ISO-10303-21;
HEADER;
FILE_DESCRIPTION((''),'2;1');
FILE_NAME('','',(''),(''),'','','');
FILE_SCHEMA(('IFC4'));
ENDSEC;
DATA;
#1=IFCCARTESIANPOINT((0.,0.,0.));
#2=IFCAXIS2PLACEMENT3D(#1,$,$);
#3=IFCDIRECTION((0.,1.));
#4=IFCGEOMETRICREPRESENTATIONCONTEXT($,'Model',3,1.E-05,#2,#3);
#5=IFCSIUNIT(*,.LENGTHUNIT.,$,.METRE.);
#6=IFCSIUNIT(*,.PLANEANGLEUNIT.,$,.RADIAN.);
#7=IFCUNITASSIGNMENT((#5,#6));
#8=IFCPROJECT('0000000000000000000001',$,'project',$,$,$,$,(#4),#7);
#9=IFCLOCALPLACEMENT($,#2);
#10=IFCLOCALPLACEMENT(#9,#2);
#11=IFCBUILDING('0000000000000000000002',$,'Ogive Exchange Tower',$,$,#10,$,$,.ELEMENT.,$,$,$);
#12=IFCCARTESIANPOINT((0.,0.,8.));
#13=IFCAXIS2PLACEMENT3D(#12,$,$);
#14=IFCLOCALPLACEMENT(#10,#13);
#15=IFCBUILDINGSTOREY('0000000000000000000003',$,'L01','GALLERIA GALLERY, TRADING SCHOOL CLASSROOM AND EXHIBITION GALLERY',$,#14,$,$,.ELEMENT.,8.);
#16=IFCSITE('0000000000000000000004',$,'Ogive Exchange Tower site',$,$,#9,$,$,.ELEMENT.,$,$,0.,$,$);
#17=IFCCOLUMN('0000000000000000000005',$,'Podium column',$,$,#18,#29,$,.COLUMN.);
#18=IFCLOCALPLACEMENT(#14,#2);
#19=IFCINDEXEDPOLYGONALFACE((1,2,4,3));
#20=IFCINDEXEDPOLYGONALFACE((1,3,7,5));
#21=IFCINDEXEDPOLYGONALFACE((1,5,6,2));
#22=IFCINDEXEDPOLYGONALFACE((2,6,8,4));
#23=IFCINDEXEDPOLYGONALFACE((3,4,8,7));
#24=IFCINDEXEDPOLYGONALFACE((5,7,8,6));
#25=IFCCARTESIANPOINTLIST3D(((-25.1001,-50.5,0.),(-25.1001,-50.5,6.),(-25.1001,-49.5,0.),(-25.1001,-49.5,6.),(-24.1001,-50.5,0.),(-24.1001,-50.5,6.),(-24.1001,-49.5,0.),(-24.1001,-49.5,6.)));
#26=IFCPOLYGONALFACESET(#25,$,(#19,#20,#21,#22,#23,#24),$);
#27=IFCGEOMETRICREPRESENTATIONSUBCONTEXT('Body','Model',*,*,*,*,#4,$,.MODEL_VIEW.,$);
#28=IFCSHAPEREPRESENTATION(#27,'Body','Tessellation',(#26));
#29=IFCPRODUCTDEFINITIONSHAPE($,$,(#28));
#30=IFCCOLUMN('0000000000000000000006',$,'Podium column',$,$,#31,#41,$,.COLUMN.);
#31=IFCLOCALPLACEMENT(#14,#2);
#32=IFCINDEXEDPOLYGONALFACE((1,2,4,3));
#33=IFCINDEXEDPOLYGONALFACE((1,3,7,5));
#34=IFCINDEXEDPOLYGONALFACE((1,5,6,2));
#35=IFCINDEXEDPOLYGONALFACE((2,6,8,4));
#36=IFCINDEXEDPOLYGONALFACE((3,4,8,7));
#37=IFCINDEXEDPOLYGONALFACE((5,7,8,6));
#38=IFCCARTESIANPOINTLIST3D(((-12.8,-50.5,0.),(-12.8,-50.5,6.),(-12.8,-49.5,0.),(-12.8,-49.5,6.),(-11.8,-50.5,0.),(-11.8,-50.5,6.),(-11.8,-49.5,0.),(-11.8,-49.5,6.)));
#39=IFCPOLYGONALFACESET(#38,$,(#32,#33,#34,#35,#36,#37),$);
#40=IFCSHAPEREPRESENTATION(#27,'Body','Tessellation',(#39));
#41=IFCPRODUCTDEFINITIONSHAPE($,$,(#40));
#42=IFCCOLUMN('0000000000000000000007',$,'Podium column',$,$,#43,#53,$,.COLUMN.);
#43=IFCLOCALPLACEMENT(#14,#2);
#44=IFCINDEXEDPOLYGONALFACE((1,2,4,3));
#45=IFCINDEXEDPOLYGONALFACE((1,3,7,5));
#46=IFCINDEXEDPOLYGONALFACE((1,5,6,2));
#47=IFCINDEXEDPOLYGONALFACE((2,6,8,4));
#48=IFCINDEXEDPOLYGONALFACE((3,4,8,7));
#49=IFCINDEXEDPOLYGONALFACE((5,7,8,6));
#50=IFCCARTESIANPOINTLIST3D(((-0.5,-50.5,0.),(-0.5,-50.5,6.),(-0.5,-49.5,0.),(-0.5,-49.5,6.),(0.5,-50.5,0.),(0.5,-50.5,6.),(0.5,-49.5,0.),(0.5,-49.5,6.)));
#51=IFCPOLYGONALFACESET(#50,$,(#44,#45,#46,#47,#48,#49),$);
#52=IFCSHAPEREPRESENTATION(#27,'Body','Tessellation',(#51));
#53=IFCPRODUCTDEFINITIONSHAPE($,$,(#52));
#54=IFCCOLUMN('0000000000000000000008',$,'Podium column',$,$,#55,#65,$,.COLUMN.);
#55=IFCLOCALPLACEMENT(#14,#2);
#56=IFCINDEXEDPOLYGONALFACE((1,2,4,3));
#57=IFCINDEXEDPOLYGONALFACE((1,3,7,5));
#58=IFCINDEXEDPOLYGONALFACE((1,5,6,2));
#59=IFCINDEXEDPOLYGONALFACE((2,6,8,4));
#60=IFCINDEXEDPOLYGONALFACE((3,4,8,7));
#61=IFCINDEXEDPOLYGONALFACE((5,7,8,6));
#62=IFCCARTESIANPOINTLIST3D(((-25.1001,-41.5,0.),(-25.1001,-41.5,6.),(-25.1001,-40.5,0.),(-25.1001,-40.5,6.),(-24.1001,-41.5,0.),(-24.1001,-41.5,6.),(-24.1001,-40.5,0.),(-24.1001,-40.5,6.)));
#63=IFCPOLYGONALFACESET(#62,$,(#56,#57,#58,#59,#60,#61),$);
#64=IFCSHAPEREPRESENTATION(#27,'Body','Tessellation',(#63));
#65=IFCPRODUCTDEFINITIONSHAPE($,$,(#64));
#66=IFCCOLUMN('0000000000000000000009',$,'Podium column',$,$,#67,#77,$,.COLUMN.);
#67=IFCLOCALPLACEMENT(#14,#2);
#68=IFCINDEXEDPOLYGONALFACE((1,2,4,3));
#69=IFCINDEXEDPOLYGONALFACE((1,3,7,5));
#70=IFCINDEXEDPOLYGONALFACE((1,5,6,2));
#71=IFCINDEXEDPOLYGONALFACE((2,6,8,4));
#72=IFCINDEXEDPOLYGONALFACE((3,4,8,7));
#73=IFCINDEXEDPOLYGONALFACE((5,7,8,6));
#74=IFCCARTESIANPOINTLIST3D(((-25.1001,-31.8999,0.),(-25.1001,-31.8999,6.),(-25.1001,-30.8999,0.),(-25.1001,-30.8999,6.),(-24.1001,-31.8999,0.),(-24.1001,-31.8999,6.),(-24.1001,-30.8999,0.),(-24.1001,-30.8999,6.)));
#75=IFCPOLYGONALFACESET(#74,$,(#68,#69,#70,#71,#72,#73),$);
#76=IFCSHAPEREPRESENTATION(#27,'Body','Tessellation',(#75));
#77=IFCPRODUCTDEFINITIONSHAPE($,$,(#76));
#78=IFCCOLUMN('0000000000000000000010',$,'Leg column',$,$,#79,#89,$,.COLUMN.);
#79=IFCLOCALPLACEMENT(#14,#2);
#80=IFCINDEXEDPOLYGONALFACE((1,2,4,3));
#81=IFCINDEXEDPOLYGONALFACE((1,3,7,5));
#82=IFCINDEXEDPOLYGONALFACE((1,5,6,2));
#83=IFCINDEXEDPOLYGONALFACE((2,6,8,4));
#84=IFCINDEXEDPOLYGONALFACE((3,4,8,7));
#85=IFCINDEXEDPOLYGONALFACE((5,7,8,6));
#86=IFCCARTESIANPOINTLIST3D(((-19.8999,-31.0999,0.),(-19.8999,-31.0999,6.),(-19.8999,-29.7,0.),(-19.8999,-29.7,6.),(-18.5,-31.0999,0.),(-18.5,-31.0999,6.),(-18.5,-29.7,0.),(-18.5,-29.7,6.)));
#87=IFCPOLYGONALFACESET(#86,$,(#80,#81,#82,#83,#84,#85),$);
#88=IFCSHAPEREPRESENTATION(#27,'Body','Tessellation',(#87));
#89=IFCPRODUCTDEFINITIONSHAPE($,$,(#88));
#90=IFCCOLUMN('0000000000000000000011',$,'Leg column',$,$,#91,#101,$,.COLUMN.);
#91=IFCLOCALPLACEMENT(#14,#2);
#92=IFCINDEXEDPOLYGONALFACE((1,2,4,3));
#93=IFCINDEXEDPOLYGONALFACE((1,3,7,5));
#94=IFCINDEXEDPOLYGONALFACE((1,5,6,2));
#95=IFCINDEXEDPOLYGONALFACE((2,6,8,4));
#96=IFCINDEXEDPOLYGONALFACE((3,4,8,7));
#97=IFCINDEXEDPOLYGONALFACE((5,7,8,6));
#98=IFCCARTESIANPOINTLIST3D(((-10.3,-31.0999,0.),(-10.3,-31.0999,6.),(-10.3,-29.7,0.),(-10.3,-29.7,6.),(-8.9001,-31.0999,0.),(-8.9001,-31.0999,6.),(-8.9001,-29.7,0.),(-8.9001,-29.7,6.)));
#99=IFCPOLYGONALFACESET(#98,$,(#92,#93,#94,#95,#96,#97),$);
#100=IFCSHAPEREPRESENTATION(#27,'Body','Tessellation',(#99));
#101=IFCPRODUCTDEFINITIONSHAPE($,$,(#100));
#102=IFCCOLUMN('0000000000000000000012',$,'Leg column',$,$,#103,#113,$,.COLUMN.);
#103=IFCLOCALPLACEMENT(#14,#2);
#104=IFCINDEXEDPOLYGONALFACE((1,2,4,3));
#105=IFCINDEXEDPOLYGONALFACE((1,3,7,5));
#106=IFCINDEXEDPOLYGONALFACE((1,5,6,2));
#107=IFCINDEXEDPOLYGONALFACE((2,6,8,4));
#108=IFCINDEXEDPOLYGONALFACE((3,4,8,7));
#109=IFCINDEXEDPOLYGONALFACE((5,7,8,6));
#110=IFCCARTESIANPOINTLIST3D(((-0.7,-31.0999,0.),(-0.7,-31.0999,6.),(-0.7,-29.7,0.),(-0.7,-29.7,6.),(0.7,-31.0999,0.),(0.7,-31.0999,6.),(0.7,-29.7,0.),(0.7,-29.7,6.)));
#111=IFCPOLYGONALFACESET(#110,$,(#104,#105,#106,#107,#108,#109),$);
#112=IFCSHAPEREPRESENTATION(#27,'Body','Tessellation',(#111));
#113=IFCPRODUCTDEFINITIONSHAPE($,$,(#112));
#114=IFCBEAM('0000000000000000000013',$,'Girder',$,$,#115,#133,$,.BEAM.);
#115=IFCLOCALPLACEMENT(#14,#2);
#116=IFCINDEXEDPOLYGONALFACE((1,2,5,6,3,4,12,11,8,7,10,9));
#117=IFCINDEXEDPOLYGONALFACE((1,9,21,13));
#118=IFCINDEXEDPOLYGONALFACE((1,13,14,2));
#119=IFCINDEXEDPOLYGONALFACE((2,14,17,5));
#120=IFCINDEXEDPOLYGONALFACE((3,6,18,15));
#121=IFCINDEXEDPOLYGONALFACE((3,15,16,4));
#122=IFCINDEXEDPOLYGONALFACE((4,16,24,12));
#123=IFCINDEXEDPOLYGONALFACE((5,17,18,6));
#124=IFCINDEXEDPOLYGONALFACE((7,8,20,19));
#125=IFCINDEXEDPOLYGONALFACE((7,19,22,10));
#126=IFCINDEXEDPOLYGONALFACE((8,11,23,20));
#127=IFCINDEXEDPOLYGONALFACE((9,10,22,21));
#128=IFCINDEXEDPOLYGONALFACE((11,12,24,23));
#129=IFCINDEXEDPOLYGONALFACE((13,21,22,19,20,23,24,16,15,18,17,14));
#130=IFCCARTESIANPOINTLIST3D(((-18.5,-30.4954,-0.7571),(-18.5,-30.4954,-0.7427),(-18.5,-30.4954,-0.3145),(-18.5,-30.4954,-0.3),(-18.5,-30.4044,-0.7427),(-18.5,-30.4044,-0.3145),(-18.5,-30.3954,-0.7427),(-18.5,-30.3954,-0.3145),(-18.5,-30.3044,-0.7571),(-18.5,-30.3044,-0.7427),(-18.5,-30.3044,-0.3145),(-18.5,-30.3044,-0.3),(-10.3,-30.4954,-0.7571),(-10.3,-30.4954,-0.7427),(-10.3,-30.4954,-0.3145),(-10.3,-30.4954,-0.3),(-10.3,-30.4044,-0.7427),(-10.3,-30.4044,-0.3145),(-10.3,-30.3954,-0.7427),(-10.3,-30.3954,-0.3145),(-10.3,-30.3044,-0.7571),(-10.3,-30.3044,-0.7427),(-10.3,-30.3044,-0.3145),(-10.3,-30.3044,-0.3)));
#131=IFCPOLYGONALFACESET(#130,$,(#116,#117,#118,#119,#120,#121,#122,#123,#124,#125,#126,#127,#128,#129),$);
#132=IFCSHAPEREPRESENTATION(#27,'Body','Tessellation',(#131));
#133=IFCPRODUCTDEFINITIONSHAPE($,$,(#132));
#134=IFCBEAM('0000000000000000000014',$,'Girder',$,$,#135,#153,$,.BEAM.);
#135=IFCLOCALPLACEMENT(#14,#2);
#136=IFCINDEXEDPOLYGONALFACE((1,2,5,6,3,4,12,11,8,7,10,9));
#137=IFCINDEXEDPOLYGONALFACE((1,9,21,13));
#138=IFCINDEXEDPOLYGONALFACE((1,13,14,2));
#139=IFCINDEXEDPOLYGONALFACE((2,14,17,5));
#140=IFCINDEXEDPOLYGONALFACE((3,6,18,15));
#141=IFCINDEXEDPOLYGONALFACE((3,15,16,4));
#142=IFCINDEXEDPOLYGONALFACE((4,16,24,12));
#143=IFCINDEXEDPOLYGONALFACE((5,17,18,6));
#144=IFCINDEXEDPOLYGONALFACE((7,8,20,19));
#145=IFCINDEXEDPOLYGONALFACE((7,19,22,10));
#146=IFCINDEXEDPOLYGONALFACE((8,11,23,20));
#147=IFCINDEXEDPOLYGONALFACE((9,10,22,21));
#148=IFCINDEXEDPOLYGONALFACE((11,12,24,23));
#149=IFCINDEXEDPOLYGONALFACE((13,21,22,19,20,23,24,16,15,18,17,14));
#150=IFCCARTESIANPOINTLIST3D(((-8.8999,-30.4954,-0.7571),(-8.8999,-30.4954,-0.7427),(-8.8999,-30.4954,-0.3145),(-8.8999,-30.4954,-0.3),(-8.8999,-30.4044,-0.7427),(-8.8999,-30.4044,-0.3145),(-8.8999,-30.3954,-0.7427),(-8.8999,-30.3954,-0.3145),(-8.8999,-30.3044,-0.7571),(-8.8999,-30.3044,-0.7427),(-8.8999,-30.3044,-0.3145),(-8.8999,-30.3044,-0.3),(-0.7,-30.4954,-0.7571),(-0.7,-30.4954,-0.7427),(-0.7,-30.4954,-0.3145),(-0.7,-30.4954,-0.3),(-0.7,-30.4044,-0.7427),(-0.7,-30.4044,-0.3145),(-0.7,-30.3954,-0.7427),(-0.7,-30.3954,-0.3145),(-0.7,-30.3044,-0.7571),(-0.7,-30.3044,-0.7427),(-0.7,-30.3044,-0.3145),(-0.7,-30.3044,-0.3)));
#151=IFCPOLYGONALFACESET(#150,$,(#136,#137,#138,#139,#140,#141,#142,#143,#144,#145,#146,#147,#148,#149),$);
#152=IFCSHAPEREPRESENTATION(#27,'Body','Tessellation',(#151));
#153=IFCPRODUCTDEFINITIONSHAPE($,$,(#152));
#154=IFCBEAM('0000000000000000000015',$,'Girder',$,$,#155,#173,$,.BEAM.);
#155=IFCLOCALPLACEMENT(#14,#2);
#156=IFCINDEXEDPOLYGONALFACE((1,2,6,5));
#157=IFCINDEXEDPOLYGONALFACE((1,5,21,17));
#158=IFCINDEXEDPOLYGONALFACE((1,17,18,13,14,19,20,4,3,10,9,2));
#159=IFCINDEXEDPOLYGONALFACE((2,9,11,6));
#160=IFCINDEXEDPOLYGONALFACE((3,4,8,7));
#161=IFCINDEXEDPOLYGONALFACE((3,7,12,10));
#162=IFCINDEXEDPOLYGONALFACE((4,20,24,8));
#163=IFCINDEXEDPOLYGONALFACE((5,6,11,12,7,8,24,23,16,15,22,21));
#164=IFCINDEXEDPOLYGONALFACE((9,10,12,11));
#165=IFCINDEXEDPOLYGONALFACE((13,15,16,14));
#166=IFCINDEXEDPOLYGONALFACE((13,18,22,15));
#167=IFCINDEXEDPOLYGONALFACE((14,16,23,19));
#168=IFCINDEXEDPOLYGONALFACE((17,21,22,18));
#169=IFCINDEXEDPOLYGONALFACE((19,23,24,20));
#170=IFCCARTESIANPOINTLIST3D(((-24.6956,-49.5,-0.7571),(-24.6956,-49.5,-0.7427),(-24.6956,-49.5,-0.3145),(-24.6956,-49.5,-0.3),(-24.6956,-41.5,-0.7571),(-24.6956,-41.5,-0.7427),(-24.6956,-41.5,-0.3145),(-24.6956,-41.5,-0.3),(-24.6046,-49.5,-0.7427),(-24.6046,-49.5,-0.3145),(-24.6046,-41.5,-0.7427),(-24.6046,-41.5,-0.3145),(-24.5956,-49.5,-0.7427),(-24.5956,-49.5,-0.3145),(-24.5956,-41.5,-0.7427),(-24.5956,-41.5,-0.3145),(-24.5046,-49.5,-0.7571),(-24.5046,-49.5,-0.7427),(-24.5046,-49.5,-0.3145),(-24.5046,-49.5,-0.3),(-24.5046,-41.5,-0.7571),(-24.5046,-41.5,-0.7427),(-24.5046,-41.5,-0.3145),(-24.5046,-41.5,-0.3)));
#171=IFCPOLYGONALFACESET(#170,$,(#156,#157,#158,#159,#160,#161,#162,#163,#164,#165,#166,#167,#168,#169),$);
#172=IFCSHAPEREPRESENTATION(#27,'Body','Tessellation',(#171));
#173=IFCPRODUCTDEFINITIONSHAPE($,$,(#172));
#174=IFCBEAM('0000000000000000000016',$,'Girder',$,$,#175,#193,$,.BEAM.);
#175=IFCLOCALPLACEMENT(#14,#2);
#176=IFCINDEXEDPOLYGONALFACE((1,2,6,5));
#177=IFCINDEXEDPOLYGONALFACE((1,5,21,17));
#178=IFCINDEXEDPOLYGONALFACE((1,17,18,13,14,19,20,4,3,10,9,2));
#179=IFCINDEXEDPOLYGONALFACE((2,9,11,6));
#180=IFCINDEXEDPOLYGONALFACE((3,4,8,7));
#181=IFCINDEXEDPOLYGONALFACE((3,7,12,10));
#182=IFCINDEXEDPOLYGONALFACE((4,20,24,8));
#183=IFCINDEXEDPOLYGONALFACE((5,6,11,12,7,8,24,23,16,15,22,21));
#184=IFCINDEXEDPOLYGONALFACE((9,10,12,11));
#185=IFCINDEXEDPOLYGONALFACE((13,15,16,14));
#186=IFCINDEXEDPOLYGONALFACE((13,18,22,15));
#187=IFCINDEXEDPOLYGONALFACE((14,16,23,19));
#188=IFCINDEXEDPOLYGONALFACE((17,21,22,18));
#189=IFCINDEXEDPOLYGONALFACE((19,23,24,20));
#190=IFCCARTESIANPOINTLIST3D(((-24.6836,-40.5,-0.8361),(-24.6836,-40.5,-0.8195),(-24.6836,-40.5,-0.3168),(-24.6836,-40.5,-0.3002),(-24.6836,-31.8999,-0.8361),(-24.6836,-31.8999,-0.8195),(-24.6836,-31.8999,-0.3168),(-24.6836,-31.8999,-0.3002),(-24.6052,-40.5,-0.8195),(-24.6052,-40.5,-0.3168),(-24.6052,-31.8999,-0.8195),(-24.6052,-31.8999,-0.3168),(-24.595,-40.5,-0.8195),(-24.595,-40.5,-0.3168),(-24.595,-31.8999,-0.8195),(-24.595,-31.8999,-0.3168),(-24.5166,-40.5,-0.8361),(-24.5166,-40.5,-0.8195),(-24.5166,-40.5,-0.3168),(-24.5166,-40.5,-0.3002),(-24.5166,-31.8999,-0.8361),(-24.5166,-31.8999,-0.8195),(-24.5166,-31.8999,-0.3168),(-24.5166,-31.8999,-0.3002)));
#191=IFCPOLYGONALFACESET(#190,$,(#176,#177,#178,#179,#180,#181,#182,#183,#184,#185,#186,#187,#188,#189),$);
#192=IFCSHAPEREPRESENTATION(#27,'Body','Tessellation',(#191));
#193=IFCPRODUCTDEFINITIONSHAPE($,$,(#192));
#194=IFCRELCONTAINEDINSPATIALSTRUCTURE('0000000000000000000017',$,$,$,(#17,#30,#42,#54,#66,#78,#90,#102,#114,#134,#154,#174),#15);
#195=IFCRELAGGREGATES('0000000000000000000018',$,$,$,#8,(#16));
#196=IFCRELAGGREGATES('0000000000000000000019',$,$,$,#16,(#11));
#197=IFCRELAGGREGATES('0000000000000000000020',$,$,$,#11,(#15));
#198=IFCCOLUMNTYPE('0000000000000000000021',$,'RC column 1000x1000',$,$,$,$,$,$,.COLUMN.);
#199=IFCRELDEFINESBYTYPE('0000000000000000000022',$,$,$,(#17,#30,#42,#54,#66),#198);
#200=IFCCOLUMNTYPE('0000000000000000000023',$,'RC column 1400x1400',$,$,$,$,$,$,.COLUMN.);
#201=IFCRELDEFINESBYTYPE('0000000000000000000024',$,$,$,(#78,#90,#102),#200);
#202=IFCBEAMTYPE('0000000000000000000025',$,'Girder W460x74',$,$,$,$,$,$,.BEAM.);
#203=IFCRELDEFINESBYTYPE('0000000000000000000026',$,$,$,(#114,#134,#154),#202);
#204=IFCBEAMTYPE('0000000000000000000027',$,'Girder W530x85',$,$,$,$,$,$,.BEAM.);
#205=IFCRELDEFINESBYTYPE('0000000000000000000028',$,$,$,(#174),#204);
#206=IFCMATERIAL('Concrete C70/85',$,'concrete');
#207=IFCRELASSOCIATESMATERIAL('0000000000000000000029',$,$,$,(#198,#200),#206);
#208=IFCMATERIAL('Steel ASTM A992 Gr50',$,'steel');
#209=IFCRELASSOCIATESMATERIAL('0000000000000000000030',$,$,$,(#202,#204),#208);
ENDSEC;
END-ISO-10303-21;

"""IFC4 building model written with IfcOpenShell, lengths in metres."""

from ifc_helpers import new_model, si_unit, direction, frame, origin, origin_2d, place, context, subcontext, project, spatial, rectangle, i_section, extrude, material, material_profile, profile_set, type_object, element, save


model = new_model("IFC4")

# Units and contexts
model_context = context("Model", 3, precision=1e-05, world=origin(), true_north=direction((0.0, 1.0)))
body_context = subcontext(model_context, "Body", "Model", "MODEL_VIEW")
ifc_project = project(units=[si_unit("LENGTHUNIT", "METRE"), si_unit("PLANEANGLEUNIT", "RADIAN")], contexts=[model_context])

# Site, building, storey
site_placement = place(None, origin())
site = spatial("IfcSite", under=ifc_project, at=site_placement, Name="Ogive Exchange Tower site", CompositionType="ELEMENT", RefElevation=0.0)
building_placement = place(site_placement, origin())
building = spatial("IfcBuilding", under=site, at=building_placement, Name="Ogive Exchange Tower", CompositionType="ELEMENT")
storey_placement = place(building_placement, frame((0.0, 0.0, 8.0)))
storey = spatial("IfcBuildingStorey", under=building, at=storey_placement, Name="L01", Description="GALLERIA GALLERY, TRADING SCHOOL CLASSROOM AND EXHIBITION GALLERY", CompositionType="ELEMENT", Elevation=8.0)

# Columns
ifc_material_1 = material(Name="Concrete C70/85", Category="concrete")
ifc_material_profile_1 = material_profile(ifc_material_1, rectangle(XDim=1.0, YDim=1.0, at=origin_2d()), Name="RC 1000x1000")
ifc_profile_set_1 = profile_set([ifc_material_profile_1], Name="Concrete C70/85")
column_type_1 = type_object("IfcColumnType", Name="RC column 1000x1000", PredefinedType="COLUMN", material=ifc_profile_set_1)
for number, where, z_axis, x_axis, name in (
    (1, (-24.6001, -50.0, 0.0), (0.0, 0.0, 1.0), (1.0, 0.0, 0.0), "Podium column"),
    (2, (-12.3, -50.0, 0.0), (0.0, 0.0, 1.0), (1.0, 0.0, 0.0), "Podium column"),
    (3, (0.0, -50.0, 0.0), (0.0, 0.0, 1.0), (1.0, 0.0, 0.0), "Podium column"),
    (4, (-24.6001, -41.0, 0.0), (0.0, 0.0, 1.0), (1.0, 0.0, 0.0), "Podium column"),
    (5, (-24.6001, -31.3999, 0.0), (0.0, 0.0, 1.0), (1.0, 0.0, 0.0), "Podium column"),
):
    element("IfcColumn", number, at=place(storey_placement, frame(where, z_axis=z_axis, x_axis=x_axis)), inside=storey, type_object=column_type_1, Name=name, PredefinedType="COLUMN", context=body_context, shape_type="SweptSolid", body=[
        extrude(rectangle(XDim=1.0, YDim=1.0, at=origin_2d()), origin(), (0.0, 0.0, 1.0), 6.0),
    ])
ifc_material_profile_2 = material_profile(ifc_material_1, rectangle(XDim=1.3999, YDim=1.3999, at=origin_2d()), Name="RC 1400x1400")
ifc_profile_set_2 = profile_set([ifc_material_profile_2], Name="Concrete C70/85")
column_type_2 = type_object("IfcColumnType", Name="RC column 1400x1400", PredefinedType="COLUMN", material=ifc_profile_set_2)
for number, where, z_axis, x_axis, name in (
    (6, (-19.2, -30.3999, 0.0), (0.0, 0.0, 1.0), (1.0, 0.0, 0.0), "Leg column"),
    (7, (-9.6001, -30.3999, 0.0), (0.0, 0.0, 1.0), (1.0, 0.0, 0.0), "Leg column"),
    (8, (0.0, -30.3999, 0.0), (0.0, 0.0, 1.0), (1.0, 0.0, 0.0), "Leg column"),
):
    element("IfcColumn", number, at=place(storey_placement, frame(where, z_axis=z_axis, x_axis=x_axis)), inside=storey, type_object=column_type_2, Name=name, PredefinedType="COLUMN", context=body_context, shape_type="SweptSolid", body=[
        extrude(rectangle(XDim=1.3999, YDim=1.3999, at=origin_2d()), origin(), (0.0, 0.0, 1.0), 6.0),
    ])

# Beams
ifc_material_2 = material(Name="Steel ASTM A992 Gr50", Category="steel")
ifc_material_profile_3 = material_profile(ifc_material_2, i_section(OverallWidth=0.1909, OverallDepth=0.457, WebThickness=0.009, FlangeThickness=0.0144, at=origin_2d()), Name="W460x74")
ifc_profile_set_3 = profile_set([ifc_material_profile_3], Name="Steel ASTM A992 Gr50")
beam_type_1 = type_object("IfcBeamType", Name="Girder W460x74", PredefinedType="BEAM", material=ifc_profile_set_3)
for number, where, z_axis, x_axis, name in (
    (9, (-18.5, -30.3999, -0.5286), (1.0, 0.0, 0.0), (0.0, 1.0, 0.0), "Girder"),
    (10, (-8.8999, -30.3999, -0.5286), (1.0, 0.0, 0.0), (0.0, 1.0, 0.0), "Girder"),
):
    element("IfcBeam", number, at=place(storey_placement, frame(where, z_axis=z_axis, x_axis=x_axis)), inside=storey, type_object=beam_type_1, Name=name, PredefinedType="BEAM", context=body_context, shape_type="SweptSolid", body=[
        extrude(i_section(OverallWidth=0.1909, OverallDepth=0.457, WebThickness=0.009, FlangeThickness=0.0144, at=origin_2d()), origin(), (0.0, 0.0, 1.0), 8.2),
    ])
beam_1_placement = place(storey_placement, frame((-24.6001, -49.5, -0.5286), z_axis=(0.0, 1.0, 0.0), x_axis=(-1.0, 0.0, 0.0)))
element("IfcBeam", 11, at=beam_1_placement, inside=storey, type_object=beam_type_1, Name="Girder", PredefinedType="BEAM", context=body_context, shape_type="SweptSolid", body=[
    extrude(i_section(OverallWidth=0.1909, OverallDepth=0.457, WebThickness=0.009, FlangeThickness=0.0144, at=origin_2d()), origin(), (0.0, 0.0, 1.0), 8.0),
])
ifc_material_profile_4 = material_profile(ifc_material_2, i_section(OverallWidth=0.167, OverallDepth=0.5359, WebThickness=0.0103, FlangeThickness=0.0166, at=origin_2d()), Name="W530x85")
ifc_profile_set_4 = profile_set([ifc_material_profile_4], Name="Steel ASTM A992 Gr50")
beam_type_2 = type_object("IfcBeamType", Name="Girder W530x85", PredefinedType="BEAM", material=ifc_profile_set_4)
beam_2_placement = place(storey_placement, frame((-24.6001, -40.5, -0.5681), z_axis=(0.0, 1.0, 0.0), x_axis=(-1.0, 0.0, 0.0)))
element("IfcBeam", 12, at=beam_2_placement, inside=storey, type_object=beam_type_2, Name="Girder", PredefinedType="BEAM", context=body_context, shape_type="SweptSolid", body=[
    extrude(i_section(OverallWidth=0.167, OverallDepth=0.5359, WebThickness=0.0103, FlangeThickness=0.0166, at=origin_2d()), origin(), (0.0, 0.0, 1.0), 8.6001),
])

save(model, "model.ifc")
